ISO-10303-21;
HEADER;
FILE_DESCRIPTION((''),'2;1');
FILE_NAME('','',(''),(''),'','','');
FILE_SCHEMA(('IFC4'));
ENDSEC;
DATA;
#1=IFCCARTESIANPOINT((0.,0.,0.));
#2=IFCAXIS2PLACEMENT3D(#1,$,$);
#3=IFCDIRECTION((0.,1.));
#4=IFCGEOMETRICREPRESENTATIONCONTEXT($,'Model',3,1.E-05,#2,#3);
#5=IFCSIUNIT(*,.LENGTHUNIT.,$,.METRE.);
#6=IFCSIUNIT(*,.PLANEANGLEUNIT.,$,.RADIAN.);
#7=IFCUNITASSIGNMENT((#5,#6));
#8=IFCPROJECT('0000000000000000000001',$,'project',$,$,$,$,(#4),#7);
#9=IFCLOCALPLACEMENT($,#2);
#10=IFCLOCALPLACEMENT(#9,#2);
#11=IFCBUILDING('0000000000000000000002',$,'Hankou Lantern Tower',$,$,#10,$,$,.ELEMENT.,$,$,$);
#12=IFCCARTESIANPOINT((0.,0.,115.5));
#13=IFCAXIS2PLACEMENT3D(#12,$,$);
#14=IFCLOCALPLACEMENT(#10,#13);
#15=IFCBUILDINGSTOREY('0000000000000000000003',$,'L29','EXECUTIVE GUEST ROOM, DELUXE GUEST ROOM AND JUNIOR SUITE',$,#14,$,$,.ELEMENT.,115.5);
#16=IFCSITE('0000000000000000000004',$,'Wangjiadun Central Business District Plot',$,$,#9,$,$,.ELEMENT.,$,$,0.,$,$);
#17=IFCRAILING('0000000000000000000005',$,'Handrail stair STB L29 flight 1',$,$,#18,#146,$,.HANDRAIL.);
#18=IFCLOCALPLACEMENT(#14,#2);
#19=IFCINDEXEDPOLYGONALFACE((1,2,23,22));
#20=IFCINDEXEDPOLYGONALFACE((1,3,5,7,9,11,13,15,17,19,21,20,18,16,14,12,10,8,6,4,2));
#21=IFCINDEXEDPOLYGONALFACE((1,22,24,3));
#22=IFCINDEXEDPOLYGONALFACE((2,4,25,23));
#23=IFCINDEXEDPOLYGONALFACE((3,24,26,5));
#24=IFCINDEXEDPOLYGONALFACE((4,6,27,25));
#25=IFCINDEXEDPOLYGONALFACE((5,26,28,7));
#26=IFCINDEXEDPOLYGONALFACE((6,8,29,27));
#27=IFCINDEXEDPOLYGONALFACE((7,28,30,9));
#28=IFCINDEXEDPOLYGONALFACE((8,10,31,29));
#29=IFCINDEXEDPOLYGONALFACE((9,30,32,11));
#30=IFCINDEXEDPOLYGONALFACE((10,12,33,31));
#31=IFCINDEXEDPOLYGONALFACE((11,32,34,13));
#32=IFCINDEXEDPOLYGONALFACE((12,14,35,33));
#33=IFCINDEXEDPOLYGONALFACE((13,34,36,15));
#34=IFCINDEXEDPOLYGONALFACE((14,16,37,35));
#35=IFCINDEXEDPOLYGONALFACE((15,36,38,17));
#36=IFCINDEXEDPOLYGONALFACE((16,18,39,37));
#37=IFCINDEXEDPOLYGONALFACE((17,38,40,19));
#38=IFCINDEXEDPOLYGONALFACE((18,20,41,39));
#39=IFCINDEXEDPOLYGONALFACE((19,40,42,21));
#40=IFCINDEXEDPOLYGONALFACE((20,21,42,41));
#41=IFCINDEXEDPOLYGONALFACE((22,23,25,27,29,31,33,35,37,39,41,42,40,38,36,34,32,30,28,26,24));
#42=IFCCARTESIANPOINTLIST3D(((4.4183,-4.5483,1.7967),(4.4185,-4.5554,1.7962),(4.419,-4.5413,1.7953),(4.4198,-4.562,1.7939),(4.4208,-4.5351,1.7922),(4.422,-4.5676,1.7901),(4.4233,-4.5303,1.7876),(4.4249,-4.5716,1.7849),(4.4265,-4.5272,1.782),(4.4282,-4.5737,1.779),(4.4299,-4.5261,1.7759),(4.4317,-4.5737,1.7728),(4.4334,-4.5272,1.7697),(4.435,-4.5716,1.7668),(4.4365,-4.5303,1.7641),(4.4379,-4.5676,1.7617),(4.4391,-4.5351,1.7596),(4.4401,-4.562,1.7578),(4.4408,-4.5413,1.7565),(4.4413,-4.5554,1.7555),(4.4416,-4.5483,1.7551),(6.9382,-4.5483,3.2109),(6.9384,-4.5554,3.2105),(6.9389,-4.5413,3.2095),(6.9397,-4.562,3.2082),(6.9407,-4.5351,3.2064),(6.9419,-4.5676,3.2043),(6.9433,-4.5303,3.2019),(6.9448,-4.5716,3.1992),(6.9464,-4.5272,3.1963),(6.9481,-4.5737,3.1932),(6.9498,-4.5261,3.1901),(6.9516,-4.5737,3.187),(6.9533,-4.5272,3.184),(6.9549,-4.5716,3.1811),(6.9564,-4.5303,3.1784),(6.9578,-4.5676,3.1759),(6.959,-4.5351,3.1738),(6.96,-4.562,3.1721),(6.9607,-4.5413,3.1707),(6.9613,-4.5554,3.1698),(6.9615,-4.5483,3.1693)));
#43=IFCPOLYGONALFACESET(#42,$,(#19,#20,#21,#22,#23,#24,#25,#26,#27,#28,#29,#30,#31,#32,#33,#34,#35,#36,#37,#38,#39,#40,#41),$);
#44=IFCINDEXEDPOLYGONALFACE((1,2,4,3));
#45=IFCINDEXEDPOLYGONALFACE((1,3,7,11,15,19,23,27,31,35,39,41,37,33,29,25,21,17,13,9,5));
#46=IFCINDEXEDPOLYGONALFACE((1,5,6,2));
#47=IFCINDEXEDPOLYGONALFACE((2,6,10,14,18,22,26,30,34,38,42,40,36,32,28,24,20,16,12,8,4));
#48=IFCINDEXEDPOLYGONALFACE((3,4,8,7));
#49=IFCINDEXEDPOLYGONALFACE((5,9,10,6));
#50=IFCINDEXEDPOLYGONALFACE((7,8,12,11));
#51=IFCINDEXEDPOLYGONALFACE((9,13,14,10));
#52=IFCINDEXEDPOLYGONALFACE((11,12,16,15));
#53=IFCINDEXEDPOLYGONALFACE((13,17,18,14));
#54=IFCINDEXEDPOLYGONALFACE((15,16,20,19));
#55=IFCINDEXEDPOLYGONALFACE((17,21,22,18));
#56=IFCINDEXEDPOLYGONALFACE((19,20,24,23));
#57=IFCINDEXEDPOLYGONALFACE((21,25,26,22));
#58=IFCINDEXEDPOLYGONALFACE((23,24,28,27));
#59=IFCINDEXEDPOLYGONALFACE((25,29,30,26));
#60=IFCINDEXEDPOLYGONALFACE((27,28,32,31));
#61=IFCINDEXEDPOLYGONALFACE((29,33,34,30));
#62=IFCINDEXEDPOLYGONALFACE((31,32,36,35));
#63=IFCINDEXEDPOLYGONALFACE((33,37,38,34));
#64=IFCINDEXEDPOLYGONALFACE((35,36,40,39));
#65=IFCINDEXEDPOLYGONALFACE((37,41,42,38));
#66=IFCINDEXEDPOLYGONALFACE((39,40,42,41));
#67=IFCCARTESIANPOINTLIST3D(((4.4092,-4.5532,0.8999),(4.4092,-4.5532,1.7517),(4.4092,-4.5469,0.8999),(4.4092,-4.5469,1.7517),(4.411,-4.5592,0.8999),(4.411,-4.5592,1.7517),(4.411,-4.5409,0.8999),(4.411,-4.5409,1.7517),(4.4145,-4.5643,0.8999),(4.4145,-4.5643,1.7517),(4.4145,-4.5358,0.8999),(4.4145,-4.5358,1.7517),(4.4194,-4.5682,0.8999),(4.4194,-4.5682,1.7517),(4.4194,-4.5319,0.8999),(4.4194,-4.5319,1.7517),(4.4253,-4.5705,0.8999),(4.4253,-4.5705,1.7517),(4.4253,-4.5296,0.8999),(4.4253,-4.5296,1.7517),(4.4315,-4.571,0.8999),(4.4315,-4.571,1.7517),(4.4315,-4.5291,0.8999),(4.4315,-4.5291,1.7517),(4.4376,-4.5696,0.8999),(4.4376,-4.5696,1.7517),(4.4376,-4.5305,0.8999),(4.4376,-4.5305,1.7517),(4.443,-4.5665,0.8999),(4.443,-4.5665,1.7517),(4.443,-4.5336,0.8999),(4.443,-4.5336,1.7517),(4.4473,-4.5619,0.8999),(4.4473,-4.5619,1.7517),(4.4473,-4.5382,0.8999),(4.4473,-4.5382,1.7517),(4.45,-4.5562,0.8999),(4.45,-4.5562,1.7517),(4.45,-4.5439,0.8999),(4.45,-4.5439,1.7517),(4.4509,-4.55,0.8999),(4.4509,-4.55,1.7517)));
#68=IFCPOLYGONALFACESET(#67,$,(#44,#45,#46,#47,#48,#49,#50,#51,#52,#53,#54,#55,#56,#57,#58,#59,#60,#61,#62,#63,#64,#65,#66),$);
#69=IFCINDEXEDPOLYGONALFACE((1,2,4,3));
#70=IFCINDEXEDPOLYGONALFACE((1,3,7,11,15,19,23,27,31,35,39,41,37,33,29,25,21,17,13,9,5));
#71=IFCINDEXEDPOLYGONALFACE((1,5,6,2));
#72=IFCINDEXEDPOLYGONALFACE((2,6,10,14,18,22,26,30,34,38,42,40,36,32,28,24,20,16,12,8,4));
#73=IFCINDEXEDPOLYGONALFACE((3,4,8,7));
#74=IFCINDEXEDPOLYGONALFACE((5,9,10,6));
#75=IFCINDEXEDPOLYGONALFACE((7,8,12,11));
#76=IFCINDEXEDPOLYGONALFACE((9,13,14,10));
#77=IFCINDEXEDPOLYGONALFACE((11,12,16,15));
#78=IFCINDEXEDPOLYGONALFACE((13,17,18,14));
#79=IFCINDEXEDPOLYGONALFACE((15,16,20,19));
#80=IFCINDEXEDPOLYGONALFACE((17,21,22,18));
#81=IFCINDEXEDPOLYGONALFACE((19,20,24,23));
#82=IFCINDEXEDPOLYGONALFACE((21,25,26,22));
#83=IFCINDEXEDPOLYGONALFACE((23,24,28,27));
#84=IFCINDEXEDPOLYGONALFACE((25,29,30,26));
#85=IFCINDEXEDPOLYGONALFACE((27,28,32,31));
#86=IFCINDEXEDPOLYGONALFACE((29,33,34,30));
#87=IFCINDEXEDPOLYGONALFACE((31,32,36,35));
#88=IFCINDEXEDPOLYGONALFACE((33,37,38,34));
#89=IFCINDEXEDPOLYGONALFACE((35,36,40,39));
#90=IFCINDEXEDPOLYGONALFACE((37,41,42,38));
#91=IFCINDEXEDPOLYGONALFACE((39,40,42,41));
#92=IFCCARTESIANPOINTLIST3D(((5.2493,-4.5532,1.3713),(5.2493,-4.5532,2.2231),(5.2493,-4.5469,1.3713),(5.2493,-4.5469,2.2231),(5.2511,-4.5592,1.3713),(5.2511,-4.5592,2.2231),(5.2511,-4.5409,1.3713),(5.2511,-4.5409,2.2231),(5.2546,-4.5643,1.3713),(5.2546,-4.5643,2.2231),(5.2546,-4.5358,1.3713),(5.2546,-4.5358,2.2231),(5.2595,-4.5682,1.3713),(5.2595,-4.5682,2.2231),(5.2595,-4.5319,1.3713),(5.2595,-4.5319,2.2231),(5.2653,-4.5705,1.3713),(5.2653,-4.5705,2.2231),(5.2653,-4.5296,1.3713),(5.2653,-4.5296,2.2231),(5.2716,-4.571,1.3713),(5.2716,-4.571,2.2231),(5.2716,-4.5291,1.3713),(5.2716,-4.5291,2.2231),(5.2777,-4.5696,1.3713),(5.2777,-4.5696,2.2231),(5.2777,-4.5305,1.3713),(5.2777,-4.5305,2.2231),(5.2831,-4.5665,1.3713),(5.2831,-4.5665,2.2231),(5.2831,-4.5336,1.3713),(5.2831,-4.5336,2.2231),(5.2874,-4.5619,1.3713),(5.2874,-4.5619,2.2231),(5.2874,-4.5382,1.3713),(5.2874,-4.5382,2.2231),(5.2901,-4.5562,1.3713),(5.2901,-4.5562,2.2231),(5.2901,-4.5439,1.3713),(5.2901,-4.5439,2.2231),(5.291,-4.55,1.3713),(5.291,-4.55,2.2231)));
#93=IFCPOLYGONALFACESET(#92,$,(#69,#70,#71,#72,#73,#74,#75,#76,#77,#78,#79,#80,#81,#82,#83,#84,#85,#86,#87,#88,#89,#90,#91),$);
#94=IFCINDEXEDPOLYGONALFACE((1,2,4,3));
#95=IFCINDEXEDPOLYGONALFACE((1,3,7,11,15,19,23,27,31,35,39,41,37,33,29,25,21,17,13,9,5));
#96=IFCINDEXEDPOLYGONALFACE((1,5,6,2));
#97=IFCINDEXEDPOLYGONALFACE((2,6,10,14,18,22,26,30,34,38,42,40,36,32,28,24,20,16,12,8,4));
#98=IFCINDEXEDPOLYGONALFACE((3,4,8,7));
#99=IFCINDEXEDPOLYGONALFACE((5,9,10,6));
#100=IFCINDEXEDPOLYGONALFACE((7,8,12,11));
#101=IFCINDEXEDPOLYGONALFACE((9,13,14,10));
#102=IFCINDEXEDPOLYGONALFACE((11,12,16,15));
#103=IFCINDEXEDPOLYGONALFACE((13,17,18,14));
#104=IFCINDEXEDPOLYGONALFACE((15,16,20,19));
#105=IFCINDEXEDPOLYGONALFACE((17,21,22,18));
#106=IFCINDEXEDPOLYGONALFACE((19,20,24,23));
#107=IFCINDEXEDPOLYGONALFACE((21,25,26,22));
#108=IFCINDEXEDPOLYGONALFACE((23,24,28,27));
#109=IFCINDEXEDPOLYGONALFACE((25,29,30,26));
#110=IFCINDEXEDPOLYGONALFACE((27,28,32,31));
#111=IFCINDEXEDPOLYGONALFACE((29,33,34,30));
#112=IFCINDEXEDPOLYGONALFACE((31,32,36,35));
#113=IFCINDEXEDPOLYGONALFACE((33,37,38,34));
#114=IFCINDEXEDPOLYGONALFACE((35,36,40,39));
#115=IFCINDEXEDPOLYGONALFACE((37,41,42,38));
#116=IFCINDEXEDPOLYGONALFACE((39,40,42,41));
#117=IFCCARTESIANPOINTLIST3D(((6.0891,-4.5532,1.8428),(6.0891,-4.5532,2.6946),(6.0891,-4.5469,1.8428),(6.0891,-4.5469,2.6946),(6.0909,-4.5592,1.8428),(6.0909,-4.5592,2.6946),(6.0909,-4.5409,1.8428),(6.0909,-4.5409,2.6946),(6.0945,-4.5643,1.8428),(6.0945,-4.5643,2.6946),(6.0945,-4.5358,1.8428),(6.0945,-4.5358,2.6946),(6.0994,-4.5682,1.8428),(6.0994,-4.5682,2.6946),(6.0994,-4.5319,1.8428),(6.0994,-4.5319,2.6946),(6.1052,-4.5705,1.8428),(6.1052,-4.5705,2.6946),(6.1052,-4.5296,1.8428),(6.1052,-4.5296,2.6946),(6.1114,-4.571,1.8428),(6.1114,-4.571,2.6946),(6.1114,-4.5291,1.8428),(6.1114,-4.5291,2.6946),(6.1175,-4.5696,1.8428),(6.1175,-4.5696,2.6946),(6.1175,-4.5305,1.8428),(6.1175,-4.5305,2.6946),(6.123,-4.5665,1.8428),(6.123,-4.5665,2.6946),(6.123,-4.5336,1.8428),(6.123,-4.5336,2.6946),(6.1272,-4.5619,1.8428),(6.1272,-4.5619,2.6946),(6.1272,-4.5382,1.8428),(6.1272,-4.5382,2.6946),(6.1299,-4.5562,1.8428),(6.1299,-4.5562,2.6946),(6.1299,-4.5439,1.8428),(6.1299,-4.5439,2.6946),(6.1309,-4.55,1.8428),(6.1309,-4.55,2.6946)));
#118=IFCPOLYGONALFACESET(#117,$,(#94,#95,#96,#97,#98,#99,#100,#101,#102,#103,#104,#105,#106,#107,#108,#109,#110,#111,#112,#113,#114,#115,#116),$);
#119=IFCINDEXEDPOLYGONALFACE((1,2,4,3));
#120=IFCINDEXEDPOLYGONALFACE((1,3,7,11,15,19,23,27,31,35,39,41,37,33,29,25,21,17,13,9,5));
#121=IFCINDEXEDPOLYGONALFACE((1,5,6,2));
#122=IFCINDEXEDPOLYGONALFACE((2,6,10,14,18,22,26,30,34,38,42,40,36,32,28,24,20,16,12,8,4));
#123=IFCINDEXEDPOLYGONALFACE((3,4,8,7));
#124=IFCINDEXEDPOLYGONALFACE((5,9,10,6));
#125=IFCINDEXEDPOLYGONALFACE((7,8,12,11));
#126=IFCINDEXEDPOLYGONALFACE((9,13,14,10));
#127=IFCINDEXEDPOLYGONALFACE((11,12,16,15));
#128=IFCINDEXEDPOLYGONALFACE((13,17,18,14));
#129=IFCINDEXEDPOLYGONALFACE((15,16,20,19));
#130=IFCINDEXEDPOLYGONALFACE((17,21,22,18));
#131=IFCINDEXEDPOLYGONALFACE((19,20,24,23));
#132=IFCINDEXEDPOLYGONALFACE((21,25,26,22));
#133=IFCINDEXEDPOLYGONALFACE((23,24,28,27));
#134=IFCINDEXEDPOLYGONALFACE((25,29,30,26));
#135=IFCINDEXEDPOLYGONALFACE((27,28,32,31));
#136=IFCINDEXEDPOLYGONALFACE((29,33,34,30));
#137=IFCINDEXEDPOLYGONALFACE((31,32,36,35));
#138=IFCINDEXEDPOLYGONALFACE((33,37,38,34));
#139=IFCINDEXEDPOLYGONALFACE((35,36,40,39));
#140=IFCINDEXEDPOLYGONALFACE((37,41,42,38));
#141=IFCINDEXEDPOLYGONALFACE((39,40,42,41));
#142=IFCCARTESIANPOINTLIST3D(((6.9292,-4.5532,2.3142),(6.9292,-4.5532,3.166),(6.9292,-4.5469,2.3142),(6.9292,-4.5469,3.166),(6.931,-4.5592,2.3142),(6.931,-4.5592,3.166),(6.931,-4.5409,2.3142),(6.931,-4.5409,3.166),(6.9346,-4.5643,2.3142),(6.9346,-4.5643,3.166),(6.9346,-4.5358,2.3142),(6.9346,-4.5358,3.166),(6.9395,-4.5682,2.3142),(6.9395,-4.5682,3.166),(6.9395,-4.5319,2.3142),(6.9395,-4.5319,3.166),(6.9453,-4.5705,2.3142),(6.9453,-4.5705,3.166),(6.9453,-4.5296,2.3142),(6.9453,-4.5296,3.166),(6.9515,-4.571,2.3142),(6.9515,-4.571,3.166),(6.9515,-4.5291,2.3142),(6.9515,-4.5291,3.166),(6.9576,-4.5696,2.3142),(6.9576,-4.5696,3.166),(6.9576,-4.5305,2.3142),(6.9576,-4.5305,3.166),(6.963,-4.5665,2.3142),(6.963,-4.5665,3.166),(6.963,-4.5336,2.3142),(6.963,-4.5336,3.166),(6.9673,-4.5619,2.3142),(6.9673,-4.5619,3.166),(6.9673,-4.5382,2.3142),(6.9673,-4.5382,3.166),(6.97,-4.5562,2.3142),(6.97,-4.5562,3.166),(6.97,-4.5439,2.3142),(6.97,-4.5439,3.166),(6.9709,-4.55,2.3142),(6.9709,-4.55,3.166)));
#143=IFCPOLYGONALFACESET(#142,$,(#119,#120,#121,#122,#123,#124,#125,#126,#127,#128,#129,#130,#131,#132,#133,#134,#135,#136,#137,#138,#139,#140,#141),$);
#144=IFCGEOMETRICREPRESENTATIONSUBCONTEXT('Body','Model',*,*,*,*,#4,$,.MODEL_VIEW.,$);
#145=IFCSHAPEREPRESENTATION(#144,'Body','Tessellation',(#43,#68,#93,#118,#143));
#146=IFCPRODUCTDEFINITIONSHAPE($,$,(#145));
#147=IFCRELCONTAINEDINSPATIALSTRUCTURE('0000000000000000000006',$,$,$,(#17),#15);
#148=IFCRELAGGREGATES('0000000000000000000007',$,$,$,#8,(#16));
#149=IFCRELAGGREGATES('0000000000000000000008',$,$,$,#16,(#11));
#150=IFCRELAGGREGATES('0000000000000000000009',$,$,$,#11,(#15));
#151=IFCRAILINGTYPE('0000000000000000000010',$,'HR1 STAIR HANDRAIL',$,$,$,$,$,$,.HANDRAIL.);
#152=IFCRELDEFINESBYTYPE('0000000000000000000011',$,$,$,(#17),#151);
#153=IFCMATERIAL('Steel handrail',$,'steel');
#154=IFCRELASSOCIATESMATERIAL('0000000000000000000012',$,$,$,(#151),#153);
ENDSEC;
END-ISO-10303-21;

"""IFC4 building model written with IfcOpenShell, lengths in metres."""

from ifc_helpers import new_model, si_unit, direction, frame, origin, origin_2d, place, context, subcontext, project, spatial, circle, extrude, material, type_object, element, save


model = new_model("IFC4")

# Units and contexts
model_context = context("Model", 3, precision=1e-05, world=origin(), true_north=direction((0.0, 1.0)))
body_context = subcontext(model_context, "Body", "Model", "MODEL_VIEW")
ifc_project = project(units=[si_unit("LENGTHUNIT", "METRE"), si_unit("PLANEANGLEUNIT", "RADIAN")], contexts=[model_context])

# Site, building, storey
site_placement = place(None, origin())
site = spatial("IfcSite", under=ifc_project, at=site_placement, Name="Wangjiadun Central Business District Plot", CompositionType="ELEMENT", RefElevation=0.0)
building_placement = place(site_placement, origin())
building = spatial("IfcBuilding", under=site, at=building_placement, Name="Hankou Lantern Tower", CompositionType="ELEMENT")
storey_placement = place(building_placement, frame((0.0, 0.0, 115.5)))
storey = spatial("IfcBuildingStorey", under=building, at=storey_placement, Name="L29", Description="EXECUTIVE GUEST ROOM, DELUXE GUEST ROOM AND JUNIOR SUITE", CompositionType="ELEMENT", Elevation=115.5)

# Railing
ifc_material_1 = material(Name="Steel handrail", Category="steel")
railing_type = type_object("IfcRailingType", Name="HR1 STAIR HANDRAIL", PredefinedType="HANDRAIL", material=ifc_material_1)
railing_1_placement = place(storey_placement, frame((4.4299, -4.55, 0.8999)))
element("IfcRailing", 1, at=railing_1_placement, inside=storey, type_object=railing_type, Name="Handrail stair STB L29 flight 1", PredefinedType="HANDRAIL", context=body_context, shape_type="SweptSolid", body=[
    extrude(circle(Radius=0.0239, at=origin_2d()), frame((0.0, 0.0, 0.876), z_axis=(0.872049, 0.0, 0.489419), x_axis=(0.0, 1.0, 0.0)), (0.0, 0.0, 1.0), 2.8896),
    extrude(circle(Radius=0.021, at=origin_2d()), origin(), (0.0, 0.0, 1.0), 0.8518),
    extrude(circle(Radius=0.021, at=origin_2d()), frame((0.8401, 0.0, 0.4714)), (0.0, 0.0, 1.0), 0.8518),
    extrude(circle(Radius=0.021, at=origin_2d()), frame((1.6799, 0.0, 0.9429)), (0.0, 0.0, 1.0), 0.8518),
    extrude(circle(Radius=0.021, at=origin_2d()), frame((2.52, 0.0, 1.4143)), (0.0, 0.0, 1.0), 0.8518),
])

save(model, "model.ifc")
